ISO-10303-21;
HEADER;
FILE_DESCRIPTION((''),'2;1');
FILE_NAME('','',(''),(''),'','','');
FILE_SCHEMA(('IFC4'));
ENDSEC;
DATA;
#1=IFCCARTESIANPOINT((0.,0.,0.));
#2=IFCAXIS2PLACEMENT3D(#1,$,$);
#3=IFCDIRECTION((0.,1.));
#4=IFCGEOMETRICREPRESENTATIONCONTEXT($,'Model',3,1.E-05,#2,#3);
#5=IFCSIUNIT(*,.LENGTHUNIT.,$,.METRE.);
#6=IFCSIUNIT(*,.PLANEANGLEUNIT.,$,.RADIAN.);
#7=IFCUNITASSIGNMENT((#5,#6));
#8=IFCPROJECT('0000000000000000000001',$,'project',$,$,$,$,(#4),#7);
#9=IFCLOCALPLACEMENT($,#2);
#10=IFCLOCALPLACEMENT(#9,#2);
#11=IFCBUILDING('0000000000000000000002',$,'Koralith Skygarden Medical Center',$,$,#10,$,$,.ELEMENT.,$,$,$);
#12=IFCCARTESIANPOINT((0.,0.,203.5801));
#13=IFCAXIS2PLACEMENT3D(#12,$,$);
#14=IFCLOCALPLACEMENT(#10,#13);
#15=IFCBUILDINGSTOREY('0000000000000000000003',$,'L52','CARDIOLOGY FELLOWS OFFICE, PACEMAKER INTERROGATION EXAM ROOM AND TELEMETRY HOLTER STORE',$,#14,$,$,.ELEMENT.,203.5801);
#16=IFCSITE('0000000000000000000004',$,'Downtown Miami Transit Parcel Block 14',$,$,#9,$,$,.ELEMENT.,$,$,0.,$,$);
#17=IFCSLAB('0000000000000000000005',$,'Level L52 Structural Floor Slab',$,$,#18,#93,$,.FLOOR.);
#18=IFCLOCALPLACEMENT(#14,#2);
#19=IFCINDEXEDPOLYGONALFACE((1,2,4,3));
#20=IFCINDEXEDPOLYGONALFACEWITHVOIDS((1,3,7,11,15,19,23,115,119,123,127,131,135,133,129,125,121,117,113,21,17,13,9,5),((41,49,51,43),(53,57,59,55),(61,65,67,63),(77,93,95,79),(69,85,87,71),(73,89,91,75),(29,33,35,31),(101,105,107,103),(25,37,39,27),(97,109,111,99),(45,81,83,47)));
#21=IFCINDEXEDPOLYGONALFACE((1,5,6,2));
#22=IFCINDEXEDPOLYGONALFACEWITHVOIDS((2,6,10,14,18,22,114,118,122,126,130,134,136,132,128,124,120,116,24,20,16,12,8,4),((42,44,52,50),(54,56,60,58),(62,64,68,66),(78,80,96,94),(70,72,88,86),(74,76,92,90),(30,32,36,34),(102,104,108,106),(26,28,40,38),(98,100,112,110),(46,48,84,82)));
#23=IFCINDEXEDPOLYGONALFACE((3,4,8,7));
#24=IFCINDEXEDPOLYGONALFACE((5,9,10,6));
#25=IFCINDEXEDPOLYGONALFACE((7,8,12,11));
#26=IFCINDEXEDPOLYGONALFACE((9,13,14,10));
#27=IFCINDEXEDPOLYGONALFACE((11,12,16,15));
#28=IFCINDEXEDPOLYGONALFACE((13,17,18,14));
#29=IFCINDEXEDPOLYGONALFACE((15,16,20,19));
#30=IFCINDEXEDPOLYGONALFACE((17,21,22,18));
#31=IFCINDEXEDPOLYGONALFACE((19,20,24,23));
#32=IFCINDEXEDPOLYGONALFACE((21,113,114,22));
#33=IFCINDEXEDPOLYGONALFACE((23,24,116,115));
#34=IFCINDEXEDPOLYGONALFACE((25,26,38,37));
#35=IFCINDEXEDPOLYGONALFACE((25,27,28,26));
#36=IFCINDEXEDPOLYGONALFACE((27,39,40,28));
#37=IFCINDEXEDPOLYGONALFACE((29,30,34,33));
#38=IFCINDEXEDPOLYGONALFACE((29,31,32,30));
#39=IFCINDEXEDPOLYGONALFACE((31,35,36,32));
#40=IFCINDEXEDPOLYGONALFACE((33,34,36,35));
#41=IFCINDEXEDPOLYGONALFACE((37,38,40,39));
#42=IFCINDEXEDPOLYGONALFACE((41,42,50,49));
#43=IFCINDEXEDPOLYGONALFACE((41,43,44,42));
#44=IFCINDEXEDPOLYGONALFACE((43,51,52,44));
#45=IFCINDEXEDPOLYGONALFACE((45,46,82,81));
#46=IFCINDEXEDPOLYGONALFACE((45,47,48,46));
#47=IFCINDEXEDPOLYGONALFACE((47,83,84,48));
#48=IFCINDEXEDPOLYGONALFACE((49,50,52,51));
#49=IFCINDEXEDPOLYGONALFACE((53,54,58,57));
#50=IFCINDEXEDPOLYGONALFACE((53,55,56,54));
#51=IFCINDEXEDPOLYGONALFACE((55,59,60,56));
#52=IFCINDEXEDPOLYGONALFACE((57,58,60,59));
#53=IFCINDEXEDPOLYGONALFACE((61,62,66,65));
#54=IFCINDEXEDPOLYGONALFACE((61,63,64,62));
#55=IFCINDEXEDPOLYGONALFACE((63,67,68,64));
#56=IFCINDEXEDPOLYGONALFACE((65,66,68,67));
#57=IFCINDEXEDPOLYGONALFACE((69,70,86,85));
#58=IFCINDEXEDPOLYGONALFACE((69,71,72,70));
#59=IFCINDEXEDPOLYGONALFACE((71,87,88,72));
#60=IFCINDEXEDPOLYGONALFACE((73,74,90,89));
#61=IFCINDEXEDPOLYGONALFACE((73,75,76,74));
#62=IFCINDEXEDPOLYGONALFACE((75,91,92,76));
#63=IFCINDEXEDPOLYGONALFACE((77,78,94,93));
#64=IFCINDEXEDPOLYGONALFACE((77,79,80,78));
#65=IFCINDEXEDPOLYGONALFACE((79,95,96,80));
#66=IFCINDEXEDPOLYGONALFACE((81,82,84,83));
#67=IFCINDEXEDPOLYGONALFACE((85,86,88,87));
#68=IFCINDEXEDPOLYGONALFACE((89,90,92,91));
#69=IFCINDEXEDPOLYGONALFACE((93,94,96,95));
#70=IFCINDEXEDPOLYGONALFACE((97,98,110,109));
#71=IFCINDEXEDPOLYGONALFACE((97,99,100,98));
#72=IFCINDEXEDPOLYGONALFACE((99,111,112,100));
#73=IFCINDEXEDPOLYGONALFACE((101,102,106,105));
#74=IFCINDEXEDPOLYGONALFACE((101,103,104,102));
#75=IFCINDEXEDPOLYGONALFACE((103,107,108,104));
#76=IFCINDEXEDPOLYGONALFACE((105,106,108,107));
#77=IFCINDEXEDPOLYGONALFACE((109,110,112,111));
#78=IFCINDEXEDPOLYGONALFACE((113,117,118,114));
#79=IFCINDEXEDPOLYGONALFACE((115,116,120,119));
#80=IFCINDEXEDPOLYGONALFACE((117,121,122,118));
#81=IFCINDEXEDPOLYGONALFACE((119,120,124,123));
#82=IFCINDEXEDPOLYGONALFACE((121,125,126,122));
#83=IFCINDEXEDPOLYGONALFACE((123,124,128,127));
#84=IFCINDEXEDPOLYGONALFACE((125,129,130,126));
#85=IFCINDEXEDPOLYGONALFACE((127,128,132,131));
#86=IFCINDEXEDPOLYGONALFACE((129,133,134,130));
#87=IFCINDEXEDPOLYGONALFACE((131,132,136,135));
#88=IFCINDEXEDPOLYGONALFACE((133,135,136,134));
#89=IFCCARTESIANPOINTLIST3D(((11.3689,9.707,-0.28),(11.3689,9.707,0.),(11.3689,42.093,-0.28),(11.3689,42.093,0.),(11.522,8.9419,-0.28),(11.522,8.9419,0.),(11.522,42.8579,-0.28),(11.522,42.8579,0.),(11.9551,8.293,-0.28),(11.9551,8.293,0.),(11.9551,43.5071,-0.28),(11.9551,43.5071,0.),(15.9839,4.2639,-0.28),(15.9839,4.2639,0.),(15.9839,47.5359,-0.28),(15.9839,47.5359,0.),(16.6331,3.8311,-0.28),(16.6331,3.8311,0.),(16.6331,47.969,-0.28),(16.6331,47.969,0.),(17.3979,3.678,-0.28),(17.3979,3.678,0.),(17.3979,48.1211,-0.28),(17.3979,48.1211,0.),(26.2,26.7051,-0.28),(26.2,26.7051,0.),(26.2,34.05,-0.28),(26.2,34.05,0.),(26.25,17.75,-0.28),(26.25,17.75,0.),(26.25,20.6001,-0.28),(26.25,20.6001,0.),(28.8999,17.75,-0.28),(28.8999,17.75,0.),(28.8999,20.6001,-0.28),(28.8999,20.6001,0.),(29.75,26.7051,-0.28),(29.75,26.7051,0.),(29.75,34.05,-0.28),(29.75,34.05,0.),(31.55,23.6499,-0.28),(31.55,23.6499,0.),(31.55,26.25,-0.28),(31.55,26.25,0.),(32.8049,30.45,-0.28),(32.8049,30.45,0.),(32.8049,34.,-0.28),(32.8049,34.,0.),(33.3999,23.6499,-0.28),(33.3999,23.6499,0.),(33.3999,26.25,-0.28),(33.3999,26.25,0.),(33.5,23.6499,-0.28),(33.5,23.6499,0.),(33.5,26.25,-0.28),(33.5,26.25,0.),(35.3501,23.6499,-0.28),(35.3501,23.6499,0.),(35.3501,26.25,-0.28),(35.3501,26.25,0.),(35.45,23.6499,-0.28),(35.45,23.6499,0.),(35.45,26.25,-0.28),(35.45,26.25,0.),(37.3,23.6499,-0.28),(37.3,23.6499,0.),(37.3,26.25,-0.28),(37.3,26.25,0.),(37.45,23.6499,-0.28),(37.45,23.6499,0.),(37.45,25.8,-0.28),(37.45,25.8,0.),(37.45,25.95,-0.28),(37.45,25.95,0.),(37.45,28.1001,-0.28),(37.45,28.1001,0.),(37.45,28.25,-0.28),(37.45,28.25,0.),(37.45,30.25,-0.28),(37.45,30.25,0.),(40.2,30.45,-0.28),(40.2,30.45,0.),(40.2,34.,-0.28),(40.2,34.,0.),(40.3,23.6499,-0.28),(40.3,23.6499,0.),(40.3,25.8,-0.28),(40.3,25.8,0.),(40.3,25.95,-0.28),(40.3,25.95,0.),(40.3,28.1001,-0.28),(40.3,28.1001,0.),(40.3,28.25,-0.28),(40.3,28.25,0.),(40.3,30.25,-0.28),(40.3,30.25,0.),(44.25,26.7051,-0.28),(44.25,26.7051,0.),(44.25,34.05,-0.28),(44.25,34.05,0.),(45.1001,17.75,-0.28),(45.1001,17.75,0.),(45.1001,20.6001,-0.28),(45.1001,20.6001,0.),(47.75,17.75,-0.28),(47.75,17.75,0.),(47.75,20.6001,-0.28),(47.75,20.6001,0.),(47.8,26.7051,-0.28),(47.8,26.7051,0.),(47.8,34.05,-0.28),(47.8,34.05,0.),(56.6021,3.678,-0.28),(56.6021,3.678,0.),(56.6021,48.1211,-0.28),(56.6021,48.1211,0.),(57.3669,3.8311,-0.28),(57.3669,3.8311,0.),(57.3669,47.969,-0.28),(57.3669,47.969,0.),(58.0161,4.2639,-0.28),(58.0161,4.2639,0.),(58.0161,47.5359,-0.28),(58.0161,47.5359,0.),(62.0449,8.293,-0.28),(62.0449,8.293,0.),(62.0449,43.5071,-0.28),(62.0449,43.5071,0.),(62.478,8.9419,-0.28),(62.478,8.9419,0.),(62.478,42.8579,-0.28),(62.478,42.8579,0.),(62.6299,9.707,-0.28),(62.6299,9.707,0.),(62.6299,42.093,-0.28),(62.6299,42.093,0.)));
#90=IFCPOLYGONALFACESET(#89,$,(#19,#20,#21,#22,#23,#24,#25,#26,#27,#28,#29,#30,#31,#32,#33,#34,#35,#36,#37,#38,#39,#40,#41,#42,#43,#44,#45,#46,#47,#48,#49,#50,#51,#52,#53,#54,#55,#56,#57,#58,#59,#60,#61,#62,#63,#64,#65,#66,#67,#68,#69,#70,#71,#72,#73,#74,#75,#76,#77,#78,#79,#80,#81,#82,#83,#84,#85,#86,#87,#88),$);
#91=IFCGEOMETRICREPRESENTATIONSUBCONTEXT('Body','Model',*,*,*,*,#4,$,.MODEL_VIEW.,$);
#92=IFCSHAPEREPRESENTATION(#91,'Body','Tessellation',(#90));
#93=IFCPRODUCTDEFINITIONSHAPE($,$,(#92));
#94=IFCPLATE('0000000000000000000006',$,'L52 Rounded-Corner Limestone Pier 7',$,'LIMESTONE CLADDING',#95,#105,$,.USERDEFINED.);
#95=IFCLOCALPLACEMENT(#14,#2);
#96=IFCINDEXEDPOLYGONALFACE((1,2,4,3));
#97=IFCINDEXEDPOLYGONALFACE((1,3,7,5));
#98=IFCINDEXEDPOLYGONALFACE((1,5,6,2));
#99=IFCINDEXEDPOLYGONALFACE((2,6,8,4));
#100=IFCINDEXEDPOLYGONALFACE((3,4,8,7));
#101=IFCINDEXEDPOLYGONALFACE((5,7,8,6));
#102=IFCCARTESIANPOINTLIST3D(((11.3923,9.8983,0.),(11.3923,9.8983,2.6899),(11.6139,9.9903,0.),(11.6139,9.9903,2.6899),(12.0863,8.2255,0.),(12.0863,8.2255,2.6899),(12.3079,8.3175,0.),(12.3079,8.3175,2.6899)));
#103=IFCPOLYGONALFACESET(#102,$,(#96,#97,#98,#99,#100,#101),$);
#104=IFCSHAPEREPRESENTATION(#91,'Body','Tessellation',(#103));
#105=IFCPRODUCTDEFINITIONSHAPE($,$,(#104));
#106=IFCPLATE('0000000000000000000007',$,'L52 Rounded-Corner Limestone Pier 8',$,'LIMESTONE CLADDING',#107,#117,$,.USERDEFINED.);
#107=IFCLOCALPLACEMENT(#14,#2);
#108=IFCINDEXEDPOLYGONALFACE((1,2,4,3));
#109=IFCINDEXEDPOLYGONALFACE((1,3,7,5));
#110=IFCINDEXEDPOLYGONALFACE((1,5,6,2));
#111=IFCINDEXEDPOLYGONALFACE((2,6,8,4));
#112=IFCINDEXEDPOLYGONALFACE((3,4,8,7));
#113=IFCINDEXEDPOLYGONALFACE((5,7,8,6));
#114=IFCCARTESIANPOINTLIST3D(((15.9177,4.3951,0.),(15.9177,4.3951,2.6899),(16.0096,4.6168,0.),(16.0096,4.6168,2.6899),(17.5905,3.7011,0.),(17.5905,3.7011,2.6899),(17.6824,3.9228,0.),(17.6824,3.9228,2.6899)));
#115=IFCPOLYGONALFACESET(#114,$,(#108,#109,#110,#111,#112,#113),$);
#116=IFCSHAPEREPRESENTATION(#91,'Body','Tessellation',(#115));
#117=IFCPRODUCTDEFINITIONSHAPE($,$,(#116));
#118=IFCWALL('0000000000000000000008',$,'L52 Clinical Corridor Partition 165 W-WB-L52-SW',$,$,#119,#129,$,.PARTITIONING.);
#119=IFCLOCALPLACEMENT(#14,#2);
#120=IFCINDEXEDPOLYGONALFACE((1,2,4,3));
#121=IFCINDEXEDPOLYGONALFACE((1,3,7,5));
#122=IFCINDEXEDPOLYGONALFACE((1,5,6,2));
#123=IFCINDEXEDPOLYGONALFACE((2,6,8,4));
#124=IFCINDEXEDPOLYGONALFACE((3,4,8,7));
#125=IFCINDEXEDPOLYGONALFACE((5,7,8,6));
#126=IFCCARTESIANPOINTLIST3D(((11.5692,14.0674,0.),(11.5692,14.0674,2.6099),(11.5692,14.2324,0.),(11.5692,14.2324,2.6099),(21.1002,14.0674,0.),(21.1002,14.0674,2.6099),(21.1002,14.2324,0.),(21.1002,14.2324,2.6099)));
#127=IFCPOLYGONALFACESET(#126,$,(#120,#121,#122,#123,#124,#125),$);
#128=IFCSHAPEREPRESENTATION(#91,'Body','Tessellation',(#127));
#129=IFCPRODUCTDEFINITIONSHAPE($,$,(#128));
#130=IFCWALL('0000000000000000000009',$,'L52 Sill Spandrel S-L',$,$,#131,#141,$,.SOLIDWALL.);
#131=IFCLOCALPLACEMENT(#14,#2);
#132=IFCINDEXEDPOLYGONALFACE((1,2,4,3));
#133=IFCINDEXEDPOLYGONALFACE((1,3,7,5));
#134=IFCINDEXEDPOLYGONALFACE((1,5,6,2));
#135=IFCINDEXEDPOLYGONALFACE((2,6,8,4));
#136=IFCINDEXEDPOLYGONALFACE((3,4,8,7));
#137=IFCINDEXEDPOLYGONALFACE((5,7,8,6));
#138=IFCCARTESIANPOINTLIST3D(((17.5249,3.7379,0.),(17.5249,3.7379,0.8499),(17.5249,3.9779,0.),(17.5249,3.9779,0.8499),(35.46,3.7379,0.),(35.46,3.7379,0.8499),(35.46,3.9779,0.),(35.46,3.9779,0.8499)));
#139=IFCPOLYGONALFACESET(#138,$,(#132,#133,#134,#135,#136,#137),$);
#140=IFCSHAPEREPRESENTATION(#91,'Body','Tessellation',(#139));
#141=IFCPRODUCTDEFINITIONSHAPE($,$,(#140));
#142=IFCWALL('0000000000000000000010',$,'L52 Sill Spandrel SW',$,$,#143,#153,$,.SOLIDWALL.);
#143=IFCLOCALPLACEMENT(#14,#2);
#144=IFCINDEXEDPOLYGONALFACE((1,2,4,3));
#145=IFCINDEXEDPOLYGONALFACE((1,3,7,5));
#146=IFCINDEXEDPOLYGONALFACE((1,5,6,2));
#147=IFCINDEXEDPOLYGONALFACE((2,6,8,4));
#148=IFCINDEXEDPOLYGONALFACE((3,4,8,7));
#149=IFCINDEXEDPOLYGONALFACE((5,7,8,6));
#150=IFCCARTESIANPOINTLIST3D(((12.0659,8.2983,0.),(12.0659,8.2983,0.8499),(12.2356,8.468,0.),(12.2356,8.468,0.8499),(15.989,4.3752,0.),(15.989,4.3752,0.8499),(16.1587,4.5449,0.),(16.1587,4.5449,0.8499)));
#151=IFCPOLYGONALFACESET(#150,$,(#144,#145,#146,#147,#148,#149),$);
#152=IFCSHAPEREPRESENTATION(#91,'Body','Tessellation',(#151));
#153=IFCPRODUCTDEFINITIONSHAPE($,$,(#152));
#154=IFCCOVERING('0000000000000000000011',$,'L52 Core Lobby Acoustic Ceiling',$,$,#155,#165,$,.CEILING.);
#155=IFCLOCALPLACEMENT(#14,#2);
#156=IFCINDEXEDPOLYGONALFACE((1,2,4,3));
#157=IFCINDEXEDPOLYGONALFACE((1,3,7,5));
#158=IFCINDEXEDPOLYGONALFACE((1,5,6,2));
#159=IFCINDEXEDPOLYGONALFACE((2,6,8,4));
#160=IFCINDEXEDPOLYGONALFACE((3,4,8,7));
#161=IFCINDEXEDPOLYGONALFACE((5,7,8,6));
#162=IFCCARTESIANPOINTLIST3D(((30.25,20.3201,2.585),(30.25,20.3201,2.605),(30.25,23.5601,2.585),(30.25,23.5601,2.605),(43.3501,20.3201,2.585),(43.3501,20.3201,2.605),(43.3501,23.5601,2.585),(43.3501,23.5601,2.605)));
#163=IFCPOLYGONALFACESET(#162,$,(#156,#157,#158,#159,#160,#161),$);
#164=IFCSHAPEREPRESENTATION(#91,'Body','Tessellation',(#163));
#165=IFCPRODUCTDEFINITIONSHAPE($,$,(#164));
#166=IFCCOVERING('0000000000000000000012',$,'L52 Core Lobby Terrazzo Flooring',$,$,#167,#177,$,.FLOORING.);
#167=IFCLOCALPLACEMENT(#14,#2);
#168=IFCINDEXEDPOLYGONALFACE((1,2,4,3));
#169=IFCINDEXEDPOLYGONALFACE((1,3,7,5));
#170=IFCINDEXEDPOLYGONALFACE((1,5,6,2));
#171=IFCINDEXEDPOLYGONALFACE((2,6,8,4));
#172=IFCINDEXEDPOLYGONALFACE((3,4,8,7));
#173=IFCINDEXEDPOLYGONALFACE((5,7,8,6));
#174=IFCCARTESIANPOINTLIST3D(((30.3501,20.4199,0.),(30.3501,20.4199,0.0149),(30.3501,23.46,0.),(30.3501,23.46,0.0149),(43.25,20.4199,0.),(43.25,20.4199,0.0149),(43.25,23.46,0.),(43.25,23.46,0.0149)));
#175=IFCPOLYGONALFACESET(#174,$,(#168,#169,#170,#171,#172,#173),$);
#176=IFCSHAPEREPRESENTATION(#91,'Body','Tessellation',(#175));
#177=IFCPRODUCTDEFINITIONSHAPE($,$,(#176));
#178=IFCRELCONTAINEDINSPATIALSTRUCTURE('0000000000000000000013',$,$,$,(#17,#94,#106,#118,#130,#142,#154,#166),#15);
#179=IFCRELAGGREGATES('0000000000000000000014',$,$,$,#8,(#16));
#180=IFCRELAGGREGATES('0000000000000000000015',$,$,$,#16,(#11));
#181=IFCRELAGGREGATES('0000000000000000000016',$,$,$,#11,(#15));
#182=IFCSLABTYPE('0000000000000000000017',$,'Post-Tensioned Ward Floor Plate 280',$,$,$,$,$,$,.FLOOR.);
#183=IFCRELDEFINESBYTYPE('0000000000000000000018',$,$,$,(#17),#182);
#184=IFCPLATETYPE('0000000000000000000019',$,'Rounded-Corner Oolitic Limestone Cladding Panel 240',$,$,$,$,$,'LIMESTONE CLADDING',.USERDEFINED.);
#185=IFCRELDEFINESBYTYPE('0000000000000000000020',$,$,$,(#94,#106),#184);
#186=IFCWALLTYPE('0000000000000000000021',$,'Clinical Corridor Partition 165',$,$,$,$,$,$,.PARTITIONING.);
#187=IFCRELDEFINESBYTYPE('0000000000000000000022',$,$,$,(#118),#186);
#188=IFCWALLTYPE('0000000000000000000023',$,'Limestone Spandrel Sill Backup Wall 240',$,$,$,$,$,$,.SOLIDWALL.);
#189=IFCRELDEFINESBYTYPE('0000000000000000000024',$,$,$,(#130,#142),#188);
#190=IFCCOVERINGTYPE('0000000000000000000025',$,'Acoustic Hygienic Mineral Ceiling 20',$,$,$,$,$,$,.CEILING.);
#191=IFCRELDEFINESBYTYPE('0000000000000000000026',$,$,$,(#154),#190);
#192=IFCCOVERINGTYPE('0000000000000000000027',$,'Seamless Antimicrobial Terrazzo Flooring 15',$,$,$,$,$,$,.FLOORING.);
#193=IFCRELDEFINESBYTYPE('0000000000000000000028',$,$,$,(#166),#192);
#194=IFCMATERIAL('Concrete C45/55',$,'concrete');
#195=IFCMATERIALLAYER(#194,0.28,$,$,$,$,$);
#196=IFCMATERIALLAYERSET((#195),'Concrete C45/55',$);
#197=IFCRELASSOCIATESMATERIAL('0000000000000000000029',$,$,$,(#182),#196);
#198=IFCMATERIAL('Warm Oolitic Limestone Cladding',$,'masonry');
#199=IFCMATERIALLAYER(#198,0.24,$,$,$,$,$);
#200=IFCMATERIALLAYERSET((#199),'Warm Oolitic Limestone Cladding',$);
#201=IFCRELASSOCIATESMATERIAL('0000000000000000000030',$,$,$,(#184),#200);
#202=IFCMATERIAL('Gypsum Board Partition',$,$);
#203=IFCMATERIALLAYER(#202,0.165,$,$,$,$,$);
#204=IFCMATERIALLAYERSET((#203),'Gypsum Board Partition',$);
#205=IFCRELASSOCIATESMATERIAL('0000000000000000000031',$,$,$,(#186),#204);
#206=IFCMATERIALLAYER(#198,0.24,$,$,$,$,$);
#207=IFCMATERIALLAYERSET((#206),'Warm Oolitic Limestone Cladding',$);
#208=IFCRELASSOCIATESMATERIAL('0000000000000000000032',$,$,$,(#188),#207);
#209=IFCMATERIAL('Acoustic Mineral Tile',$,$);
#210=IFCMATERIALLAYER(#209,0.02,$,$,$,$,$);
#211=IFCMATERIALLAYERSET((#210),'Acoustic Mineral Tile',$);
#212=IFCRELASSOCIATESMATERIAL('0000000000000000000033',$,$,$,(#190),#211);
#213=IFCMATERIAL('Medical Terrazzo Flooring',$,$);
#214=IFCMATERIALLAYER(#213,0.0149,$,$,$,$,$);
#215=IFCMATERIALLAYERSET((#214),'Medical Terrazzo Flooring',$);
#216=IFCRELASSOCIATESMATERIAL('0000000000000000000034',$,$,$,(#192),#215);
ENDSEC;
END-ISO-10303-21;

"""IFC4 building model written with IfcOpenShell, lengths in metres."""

from ifc_helpers import new_model, si_unit, direction, frame, frame_2d, origin, origin_2d, place, context, subcontext, project, spatial, polyline, rectangle, outline, extrude, material, layer, layer_set, type_object, element, save


model = new_model("IFC4")

# Units and contexts
model_context = context("Model", 3, precision=1e-05, world=origin(), true_north=direction((0.0, 1.0)))
body_context = subcontext(model_context, "Body", "Model", "MODEL_VIEW")
ifc_project = project(units=[si_unit("LENGTHUNIT", "METRE"), si_unit("PLANEANGLEUNIT", "RADIAN")], contexts=[model_context])

# Site, building, storey
site_placement = place(None, origin())
site = spatial("IfcSite", under=ifc_project, at=site_placement, Name="Downtown Miami Transit Parcel Block 14", CompositionType="ELEMENT", RefElevation=0.0)
building_placement = place(site_placement, origin())
building = spatial("IfcBuilding", under=site, at=building_placement, Name="Koralith Skygarden Medical Center", CompositionType="ELEMENT")
storey_placement = place(building_placement, frame((0.0, 0.0, 203.5801)))
storey = spatial("IfcBuildingStorey", under=building, at=storey_placement, Name="L52", Description="CARDIOLOGY FELLOWS OFFICE, PACEMAKER INTERROGATION EXAM ROOM AND TELEMETRY HOLTER STORE", CompositionType="ELEMENT", Elevation=203.5801)

# Shared definitions
ifc_material_1 = material(Name="Concrete C45/55", Category="concrete")

# Slab
ifc_layer_1 = layer(ifc_material_1, 0.28)
ifc_layer_set_1 = layer_set([ifc_layer_1], Name="Concrete C45/55")
slab_type_1 = type_object("IfcSlabType", Name="Post-Tensioned Ward Floor Plate 280", PredefinedType="FLOOR", material=ifc_layer_set_1)
slab_1_placement = place(storey_placement, frame((0.0, 0.0, -0.28)))
element("IfcSlab", 1, at=slab_1_placement, inside=storey, type_object=slab_type_1, Name="Level L52 Structural Floor Slab", PredefinedType="FLOOR", context=body_context, shape_type="SweptSolid", body=[
    extrude(outline(polyline([(15.9839, 4.2639), (16.6331, 3.8311), (17.3979, 3.678), (56.6021, 3.678), (57.3669, 3.8311), (58.0161, 4.2639), (62.0449, 8.293), (62.478, 8.9419), (62.6299, 9.707), (62.6299, 42.093), (62.478, 42.8579), (62.0449, 43.5071), (58.0161, 47.5359), (57.3669, 47.969), (56.6021, 48.1211), (17.3979, 48.1211), (16.6331, 47.969), (15.9839, 47.5359), (11.9551, 43.5071), (11.522, 42.8579), (11.3689, 42.093), (11.3689, 9.707), (11.522, 8.9419), (11.9551, 8.293), (15.9839, 4.2639)]), holes=[polyline([(26.2, 26.7051), (29.75, 26.7051), (29.75, 34.05), (26.2, 34.05), (26.2, 26.7051)]), polyline([(44.25, 26.7051), (47.8, 26.7051), (47.8, 34.05), (44.25, 34.05), (44.25, 26.7051)]), polyline([(32.8049, 30.45), (40.2, 30.45), (40.2, 34.0), (32.8049, 34.0), (32.8049, 30.45)]), polyline([(26.25, 17.75), (28.8999, 17.75), (28.8999, 20.6001), (26.25, 20.6001), (26.25, 17.75)]), polyline([(45.1001, 17.75), (47.75, 17.75), (47.75, 20.6001), (45.1001, 20.6001), (45.1001, 17.75)]), polyline([(31.55, 23.6499), (33.3999, 23.6499), (33.3999, 26.25), (31.55, 26.25), (31.55, 23.6499)]), polyline([(33.5, 23.6499), (35.3501, 23.6499), (35.3501, 26.25), (33.5, 26.25), (33.5, 23.6499)]), polyline([(35.45, 23.6499), (37.3, 23.6499), (37.3, 26.25), (35.45, 26.25), (35.45, 23.6499)]), polyline([(37.45, 23.6499), (40.3, 23.6499), (40.3, 25.8), (37.45, 25.8), (37.45, 23.6499)]), polyline([(37.45, 25.95), (40.3, 25.95), (40.3, 28.1001), (37.45, 28.1001), (37.45, 25.95)]), polyline([(37.45, 28.25), (40.3, 28.25), (40.3, 30.25), (37.45, 30.25), (37.45, 28.25)])]), origin(), (0.0, 0.0, 1.0), 0.28),
])

# Plates
ifc_material_2 = material(Name="Warm Oolitic Limestone Cladding", Category="masonry")
ifc_layer_2 = layer(ifc_material_2, 0.24)
ifc_layer_set_2 = layer_set([ifc_layer_2], Name="Warm Oolitic Limestone Cladding")
plate_type_1 = type_object("IfcPlateType", Name="Rounded-Corner Oolitic Limestone Cladding Panel 240", ElementType="LIMESTONE CLADDING", PredefinedType="USERDEFINED", material=ifc_layer_set_2)
for number, where, z_axis, x_axis, name in (
    (2, (11.8501, 9.1079, 0.0), (0.0, 0.0, 1.0), (0.383214, -0.92366, 0.0), "L52 Rounded-Corner Limestone Pier 7"),
    (3, (16.8, 4.1589, 0.0), (0.0, 0.0, 1.0), (0.92366, -0.383214, 0.0), "L52 Rounded-Corner Limestone Pier 8"),
):
    element("IfcPlate", number, at=place(storey_placement, frame(where, z_axis=z_axis, x_axis=x_axis)), inside=storey, type_object=plate_type_1, Name=name, ObjectType="LIMESTONE CLADDING", PredefinedType="USERDEFINED", context=body_context, shape_type="SweptSolid", body=[
        extrude(rectangle(XDim=1.811, YDim=0.24, at=origin_2d()), origin(), (0.0, 0.0, 1.0), 2.6899),
    ])

# Walls
ifc_material_3 = material(Name="Gypsum Board Partition")
ifc_layer_3 = layer(ifc_material_3, 0.165)
ifc_layer_set_3 = layer_set([ifc_layer_3], Name="Gypsum Board Partition")
wall_type_1 = type_object("IfcWallType", Name="Clinical Corridor Partition 165", PredefinedType="PARTITIONING", material=ifc_layer_set_3)
wall_1_placement = place(storey_placement, frame((11.5691, 14.1499, 0.0), z_axis=(0.0, 0.0, 1.0), x_axis=(1.0, 0.0, 0.0)))
element("IfcWall", 4, at=wall_1_placement, inside=storey, type_object=wall_type_1, Name="L52 Clinical Corridor Partition 165 W-WB-L52-SW", PredefinedType="PARTITIONING", context=body_context, shape_type="SweptSolid", body=[
    extrude(rectangle(XDim=9.531, YDim=0.165, at=frame_2d((4.7656, 0.0))), origin(), (0.0, 0.0, 1.0), 2.6099),
])
ifc_layer_4 = layer(ifc_material_2, 0.24)
ifc_layer_set_4 = layer_set([ifc_layer_4], Name="Warm Oolitic Limestone Cladding")
wall_type_2 = type_object("IfcWallType", Name="Limestone Spandrel Sill Backup Wall 240", PredefinedType="SOLIDWALL", material=ifc_layer_set_4)
wall_2_placement = place(storey_placement, frame((17.5249, 3.8579, 0.0), z_axis=(0.0, 0.0, 1.0), x_axis=(1.0, 0.0, 0.0)))
element("IfcWall", 5, at=wall_2_placement, inside=storey, type_object=wall_type_2, Name="L52 Sill Spandrel S-L", PredefinedType="SOLIDWALL", context=body_context, shape_type="SweptSolid", body=[
    extrude(rectangle(XDim=17.9351, YDim=0.24, at=frame_2d((8.9675, 0.0))), origin(), (0.0, 0.0, 1.0), 0.8499),
])
wall_3_placement = place(storey_placement, frame((12.1509, 8.3831, 0.0), z_axis=(0.0, 0.0, 1.0), x_axis=(0.707107, -0.707107, 0.0)))
element("IfcWall", 6, at=wall_3_placement, inside=storey, type_object=wall_type_2, Name="L52 Sill Spandrel SW", PredefinedType="SOLIDWALL", context=body_context, shape_type="SweptSolid", body=[
    extrude(rectangle(XDim=5.5481, YDim=0.24, at=frame_2d((2.7739, 0.0))), origin(), (0.0, 0.0, 1.0), 0.8499),
])

# Coverings
ifc_material_4 = material(Name="Acoustic Mineral Tile")
ifc_layer_5 = layer(ifc_material_4, 0.02)
ifc_layer_set_5 = layer_set([ifc_layer_5], Name="Acoustic Mineral Tile")
covering_type_1 = type_object("IfcCoveringType", Name="Acoustic Hygienic Mineral Ceiling 20", PredefinedType="CEILING", material=ifc_layer_set_5)
covering_1_placement = place(storey_placement, frame((0.0, 0.0, 2.585)))
element("IfcCovering", 7, at=covering_1_placement, inside=storey, type_object=covering_type_1, Name="L52 Core Lobby Acoustic Ceiling", PredefinedType="CEILING", context=body_context, shape_type="SweptSolid", body=[
    extrude(outline(polyline([(30.25, 20.3201), (43.3501, 20.3201), (43.3501, 23.5601), (30.25, 23.5601), (30.25, 20.3201)])), origin(), (0.0, 0.0, 1.0), 0.02),
])
ifc_material_5 = material(Name="Medical Terrazzo Flooring")
ifc_layer_6 = layer(ifc_material_5, 0.0149)
ifc_layer_set_6 = layer_set([ifc_layer_6], Name="Medical Terrazzo Flooring")
covering_type_2 = type_object("IfcCoveringType", Name="Seamless Antimicrobial Terrazzo Flooring 15", PredefinedType="FLOORING", material=ifc_layer_set_6)
covering_2_placement = place(storey_placement, origin())
element("IfcCovering", 8, at=covering_2_placement, inside=storey, type_object=covering_type_2, Name="L52 Core Lobby Terrazzo Flooring", PredefinedType="FLOORING", context=body_context, shape_type="SweptSolid", body=[
    extrude(outline(polyline([(30.3501, 20.4199), (43.25, 20.4199), (43.25, 23.46), (30.3501, 23.46), (30.3501, 20.4199)])), origin(), (0.0, 0.0, 1.0), 0.0149),
])

save(model, "model.ifc")
